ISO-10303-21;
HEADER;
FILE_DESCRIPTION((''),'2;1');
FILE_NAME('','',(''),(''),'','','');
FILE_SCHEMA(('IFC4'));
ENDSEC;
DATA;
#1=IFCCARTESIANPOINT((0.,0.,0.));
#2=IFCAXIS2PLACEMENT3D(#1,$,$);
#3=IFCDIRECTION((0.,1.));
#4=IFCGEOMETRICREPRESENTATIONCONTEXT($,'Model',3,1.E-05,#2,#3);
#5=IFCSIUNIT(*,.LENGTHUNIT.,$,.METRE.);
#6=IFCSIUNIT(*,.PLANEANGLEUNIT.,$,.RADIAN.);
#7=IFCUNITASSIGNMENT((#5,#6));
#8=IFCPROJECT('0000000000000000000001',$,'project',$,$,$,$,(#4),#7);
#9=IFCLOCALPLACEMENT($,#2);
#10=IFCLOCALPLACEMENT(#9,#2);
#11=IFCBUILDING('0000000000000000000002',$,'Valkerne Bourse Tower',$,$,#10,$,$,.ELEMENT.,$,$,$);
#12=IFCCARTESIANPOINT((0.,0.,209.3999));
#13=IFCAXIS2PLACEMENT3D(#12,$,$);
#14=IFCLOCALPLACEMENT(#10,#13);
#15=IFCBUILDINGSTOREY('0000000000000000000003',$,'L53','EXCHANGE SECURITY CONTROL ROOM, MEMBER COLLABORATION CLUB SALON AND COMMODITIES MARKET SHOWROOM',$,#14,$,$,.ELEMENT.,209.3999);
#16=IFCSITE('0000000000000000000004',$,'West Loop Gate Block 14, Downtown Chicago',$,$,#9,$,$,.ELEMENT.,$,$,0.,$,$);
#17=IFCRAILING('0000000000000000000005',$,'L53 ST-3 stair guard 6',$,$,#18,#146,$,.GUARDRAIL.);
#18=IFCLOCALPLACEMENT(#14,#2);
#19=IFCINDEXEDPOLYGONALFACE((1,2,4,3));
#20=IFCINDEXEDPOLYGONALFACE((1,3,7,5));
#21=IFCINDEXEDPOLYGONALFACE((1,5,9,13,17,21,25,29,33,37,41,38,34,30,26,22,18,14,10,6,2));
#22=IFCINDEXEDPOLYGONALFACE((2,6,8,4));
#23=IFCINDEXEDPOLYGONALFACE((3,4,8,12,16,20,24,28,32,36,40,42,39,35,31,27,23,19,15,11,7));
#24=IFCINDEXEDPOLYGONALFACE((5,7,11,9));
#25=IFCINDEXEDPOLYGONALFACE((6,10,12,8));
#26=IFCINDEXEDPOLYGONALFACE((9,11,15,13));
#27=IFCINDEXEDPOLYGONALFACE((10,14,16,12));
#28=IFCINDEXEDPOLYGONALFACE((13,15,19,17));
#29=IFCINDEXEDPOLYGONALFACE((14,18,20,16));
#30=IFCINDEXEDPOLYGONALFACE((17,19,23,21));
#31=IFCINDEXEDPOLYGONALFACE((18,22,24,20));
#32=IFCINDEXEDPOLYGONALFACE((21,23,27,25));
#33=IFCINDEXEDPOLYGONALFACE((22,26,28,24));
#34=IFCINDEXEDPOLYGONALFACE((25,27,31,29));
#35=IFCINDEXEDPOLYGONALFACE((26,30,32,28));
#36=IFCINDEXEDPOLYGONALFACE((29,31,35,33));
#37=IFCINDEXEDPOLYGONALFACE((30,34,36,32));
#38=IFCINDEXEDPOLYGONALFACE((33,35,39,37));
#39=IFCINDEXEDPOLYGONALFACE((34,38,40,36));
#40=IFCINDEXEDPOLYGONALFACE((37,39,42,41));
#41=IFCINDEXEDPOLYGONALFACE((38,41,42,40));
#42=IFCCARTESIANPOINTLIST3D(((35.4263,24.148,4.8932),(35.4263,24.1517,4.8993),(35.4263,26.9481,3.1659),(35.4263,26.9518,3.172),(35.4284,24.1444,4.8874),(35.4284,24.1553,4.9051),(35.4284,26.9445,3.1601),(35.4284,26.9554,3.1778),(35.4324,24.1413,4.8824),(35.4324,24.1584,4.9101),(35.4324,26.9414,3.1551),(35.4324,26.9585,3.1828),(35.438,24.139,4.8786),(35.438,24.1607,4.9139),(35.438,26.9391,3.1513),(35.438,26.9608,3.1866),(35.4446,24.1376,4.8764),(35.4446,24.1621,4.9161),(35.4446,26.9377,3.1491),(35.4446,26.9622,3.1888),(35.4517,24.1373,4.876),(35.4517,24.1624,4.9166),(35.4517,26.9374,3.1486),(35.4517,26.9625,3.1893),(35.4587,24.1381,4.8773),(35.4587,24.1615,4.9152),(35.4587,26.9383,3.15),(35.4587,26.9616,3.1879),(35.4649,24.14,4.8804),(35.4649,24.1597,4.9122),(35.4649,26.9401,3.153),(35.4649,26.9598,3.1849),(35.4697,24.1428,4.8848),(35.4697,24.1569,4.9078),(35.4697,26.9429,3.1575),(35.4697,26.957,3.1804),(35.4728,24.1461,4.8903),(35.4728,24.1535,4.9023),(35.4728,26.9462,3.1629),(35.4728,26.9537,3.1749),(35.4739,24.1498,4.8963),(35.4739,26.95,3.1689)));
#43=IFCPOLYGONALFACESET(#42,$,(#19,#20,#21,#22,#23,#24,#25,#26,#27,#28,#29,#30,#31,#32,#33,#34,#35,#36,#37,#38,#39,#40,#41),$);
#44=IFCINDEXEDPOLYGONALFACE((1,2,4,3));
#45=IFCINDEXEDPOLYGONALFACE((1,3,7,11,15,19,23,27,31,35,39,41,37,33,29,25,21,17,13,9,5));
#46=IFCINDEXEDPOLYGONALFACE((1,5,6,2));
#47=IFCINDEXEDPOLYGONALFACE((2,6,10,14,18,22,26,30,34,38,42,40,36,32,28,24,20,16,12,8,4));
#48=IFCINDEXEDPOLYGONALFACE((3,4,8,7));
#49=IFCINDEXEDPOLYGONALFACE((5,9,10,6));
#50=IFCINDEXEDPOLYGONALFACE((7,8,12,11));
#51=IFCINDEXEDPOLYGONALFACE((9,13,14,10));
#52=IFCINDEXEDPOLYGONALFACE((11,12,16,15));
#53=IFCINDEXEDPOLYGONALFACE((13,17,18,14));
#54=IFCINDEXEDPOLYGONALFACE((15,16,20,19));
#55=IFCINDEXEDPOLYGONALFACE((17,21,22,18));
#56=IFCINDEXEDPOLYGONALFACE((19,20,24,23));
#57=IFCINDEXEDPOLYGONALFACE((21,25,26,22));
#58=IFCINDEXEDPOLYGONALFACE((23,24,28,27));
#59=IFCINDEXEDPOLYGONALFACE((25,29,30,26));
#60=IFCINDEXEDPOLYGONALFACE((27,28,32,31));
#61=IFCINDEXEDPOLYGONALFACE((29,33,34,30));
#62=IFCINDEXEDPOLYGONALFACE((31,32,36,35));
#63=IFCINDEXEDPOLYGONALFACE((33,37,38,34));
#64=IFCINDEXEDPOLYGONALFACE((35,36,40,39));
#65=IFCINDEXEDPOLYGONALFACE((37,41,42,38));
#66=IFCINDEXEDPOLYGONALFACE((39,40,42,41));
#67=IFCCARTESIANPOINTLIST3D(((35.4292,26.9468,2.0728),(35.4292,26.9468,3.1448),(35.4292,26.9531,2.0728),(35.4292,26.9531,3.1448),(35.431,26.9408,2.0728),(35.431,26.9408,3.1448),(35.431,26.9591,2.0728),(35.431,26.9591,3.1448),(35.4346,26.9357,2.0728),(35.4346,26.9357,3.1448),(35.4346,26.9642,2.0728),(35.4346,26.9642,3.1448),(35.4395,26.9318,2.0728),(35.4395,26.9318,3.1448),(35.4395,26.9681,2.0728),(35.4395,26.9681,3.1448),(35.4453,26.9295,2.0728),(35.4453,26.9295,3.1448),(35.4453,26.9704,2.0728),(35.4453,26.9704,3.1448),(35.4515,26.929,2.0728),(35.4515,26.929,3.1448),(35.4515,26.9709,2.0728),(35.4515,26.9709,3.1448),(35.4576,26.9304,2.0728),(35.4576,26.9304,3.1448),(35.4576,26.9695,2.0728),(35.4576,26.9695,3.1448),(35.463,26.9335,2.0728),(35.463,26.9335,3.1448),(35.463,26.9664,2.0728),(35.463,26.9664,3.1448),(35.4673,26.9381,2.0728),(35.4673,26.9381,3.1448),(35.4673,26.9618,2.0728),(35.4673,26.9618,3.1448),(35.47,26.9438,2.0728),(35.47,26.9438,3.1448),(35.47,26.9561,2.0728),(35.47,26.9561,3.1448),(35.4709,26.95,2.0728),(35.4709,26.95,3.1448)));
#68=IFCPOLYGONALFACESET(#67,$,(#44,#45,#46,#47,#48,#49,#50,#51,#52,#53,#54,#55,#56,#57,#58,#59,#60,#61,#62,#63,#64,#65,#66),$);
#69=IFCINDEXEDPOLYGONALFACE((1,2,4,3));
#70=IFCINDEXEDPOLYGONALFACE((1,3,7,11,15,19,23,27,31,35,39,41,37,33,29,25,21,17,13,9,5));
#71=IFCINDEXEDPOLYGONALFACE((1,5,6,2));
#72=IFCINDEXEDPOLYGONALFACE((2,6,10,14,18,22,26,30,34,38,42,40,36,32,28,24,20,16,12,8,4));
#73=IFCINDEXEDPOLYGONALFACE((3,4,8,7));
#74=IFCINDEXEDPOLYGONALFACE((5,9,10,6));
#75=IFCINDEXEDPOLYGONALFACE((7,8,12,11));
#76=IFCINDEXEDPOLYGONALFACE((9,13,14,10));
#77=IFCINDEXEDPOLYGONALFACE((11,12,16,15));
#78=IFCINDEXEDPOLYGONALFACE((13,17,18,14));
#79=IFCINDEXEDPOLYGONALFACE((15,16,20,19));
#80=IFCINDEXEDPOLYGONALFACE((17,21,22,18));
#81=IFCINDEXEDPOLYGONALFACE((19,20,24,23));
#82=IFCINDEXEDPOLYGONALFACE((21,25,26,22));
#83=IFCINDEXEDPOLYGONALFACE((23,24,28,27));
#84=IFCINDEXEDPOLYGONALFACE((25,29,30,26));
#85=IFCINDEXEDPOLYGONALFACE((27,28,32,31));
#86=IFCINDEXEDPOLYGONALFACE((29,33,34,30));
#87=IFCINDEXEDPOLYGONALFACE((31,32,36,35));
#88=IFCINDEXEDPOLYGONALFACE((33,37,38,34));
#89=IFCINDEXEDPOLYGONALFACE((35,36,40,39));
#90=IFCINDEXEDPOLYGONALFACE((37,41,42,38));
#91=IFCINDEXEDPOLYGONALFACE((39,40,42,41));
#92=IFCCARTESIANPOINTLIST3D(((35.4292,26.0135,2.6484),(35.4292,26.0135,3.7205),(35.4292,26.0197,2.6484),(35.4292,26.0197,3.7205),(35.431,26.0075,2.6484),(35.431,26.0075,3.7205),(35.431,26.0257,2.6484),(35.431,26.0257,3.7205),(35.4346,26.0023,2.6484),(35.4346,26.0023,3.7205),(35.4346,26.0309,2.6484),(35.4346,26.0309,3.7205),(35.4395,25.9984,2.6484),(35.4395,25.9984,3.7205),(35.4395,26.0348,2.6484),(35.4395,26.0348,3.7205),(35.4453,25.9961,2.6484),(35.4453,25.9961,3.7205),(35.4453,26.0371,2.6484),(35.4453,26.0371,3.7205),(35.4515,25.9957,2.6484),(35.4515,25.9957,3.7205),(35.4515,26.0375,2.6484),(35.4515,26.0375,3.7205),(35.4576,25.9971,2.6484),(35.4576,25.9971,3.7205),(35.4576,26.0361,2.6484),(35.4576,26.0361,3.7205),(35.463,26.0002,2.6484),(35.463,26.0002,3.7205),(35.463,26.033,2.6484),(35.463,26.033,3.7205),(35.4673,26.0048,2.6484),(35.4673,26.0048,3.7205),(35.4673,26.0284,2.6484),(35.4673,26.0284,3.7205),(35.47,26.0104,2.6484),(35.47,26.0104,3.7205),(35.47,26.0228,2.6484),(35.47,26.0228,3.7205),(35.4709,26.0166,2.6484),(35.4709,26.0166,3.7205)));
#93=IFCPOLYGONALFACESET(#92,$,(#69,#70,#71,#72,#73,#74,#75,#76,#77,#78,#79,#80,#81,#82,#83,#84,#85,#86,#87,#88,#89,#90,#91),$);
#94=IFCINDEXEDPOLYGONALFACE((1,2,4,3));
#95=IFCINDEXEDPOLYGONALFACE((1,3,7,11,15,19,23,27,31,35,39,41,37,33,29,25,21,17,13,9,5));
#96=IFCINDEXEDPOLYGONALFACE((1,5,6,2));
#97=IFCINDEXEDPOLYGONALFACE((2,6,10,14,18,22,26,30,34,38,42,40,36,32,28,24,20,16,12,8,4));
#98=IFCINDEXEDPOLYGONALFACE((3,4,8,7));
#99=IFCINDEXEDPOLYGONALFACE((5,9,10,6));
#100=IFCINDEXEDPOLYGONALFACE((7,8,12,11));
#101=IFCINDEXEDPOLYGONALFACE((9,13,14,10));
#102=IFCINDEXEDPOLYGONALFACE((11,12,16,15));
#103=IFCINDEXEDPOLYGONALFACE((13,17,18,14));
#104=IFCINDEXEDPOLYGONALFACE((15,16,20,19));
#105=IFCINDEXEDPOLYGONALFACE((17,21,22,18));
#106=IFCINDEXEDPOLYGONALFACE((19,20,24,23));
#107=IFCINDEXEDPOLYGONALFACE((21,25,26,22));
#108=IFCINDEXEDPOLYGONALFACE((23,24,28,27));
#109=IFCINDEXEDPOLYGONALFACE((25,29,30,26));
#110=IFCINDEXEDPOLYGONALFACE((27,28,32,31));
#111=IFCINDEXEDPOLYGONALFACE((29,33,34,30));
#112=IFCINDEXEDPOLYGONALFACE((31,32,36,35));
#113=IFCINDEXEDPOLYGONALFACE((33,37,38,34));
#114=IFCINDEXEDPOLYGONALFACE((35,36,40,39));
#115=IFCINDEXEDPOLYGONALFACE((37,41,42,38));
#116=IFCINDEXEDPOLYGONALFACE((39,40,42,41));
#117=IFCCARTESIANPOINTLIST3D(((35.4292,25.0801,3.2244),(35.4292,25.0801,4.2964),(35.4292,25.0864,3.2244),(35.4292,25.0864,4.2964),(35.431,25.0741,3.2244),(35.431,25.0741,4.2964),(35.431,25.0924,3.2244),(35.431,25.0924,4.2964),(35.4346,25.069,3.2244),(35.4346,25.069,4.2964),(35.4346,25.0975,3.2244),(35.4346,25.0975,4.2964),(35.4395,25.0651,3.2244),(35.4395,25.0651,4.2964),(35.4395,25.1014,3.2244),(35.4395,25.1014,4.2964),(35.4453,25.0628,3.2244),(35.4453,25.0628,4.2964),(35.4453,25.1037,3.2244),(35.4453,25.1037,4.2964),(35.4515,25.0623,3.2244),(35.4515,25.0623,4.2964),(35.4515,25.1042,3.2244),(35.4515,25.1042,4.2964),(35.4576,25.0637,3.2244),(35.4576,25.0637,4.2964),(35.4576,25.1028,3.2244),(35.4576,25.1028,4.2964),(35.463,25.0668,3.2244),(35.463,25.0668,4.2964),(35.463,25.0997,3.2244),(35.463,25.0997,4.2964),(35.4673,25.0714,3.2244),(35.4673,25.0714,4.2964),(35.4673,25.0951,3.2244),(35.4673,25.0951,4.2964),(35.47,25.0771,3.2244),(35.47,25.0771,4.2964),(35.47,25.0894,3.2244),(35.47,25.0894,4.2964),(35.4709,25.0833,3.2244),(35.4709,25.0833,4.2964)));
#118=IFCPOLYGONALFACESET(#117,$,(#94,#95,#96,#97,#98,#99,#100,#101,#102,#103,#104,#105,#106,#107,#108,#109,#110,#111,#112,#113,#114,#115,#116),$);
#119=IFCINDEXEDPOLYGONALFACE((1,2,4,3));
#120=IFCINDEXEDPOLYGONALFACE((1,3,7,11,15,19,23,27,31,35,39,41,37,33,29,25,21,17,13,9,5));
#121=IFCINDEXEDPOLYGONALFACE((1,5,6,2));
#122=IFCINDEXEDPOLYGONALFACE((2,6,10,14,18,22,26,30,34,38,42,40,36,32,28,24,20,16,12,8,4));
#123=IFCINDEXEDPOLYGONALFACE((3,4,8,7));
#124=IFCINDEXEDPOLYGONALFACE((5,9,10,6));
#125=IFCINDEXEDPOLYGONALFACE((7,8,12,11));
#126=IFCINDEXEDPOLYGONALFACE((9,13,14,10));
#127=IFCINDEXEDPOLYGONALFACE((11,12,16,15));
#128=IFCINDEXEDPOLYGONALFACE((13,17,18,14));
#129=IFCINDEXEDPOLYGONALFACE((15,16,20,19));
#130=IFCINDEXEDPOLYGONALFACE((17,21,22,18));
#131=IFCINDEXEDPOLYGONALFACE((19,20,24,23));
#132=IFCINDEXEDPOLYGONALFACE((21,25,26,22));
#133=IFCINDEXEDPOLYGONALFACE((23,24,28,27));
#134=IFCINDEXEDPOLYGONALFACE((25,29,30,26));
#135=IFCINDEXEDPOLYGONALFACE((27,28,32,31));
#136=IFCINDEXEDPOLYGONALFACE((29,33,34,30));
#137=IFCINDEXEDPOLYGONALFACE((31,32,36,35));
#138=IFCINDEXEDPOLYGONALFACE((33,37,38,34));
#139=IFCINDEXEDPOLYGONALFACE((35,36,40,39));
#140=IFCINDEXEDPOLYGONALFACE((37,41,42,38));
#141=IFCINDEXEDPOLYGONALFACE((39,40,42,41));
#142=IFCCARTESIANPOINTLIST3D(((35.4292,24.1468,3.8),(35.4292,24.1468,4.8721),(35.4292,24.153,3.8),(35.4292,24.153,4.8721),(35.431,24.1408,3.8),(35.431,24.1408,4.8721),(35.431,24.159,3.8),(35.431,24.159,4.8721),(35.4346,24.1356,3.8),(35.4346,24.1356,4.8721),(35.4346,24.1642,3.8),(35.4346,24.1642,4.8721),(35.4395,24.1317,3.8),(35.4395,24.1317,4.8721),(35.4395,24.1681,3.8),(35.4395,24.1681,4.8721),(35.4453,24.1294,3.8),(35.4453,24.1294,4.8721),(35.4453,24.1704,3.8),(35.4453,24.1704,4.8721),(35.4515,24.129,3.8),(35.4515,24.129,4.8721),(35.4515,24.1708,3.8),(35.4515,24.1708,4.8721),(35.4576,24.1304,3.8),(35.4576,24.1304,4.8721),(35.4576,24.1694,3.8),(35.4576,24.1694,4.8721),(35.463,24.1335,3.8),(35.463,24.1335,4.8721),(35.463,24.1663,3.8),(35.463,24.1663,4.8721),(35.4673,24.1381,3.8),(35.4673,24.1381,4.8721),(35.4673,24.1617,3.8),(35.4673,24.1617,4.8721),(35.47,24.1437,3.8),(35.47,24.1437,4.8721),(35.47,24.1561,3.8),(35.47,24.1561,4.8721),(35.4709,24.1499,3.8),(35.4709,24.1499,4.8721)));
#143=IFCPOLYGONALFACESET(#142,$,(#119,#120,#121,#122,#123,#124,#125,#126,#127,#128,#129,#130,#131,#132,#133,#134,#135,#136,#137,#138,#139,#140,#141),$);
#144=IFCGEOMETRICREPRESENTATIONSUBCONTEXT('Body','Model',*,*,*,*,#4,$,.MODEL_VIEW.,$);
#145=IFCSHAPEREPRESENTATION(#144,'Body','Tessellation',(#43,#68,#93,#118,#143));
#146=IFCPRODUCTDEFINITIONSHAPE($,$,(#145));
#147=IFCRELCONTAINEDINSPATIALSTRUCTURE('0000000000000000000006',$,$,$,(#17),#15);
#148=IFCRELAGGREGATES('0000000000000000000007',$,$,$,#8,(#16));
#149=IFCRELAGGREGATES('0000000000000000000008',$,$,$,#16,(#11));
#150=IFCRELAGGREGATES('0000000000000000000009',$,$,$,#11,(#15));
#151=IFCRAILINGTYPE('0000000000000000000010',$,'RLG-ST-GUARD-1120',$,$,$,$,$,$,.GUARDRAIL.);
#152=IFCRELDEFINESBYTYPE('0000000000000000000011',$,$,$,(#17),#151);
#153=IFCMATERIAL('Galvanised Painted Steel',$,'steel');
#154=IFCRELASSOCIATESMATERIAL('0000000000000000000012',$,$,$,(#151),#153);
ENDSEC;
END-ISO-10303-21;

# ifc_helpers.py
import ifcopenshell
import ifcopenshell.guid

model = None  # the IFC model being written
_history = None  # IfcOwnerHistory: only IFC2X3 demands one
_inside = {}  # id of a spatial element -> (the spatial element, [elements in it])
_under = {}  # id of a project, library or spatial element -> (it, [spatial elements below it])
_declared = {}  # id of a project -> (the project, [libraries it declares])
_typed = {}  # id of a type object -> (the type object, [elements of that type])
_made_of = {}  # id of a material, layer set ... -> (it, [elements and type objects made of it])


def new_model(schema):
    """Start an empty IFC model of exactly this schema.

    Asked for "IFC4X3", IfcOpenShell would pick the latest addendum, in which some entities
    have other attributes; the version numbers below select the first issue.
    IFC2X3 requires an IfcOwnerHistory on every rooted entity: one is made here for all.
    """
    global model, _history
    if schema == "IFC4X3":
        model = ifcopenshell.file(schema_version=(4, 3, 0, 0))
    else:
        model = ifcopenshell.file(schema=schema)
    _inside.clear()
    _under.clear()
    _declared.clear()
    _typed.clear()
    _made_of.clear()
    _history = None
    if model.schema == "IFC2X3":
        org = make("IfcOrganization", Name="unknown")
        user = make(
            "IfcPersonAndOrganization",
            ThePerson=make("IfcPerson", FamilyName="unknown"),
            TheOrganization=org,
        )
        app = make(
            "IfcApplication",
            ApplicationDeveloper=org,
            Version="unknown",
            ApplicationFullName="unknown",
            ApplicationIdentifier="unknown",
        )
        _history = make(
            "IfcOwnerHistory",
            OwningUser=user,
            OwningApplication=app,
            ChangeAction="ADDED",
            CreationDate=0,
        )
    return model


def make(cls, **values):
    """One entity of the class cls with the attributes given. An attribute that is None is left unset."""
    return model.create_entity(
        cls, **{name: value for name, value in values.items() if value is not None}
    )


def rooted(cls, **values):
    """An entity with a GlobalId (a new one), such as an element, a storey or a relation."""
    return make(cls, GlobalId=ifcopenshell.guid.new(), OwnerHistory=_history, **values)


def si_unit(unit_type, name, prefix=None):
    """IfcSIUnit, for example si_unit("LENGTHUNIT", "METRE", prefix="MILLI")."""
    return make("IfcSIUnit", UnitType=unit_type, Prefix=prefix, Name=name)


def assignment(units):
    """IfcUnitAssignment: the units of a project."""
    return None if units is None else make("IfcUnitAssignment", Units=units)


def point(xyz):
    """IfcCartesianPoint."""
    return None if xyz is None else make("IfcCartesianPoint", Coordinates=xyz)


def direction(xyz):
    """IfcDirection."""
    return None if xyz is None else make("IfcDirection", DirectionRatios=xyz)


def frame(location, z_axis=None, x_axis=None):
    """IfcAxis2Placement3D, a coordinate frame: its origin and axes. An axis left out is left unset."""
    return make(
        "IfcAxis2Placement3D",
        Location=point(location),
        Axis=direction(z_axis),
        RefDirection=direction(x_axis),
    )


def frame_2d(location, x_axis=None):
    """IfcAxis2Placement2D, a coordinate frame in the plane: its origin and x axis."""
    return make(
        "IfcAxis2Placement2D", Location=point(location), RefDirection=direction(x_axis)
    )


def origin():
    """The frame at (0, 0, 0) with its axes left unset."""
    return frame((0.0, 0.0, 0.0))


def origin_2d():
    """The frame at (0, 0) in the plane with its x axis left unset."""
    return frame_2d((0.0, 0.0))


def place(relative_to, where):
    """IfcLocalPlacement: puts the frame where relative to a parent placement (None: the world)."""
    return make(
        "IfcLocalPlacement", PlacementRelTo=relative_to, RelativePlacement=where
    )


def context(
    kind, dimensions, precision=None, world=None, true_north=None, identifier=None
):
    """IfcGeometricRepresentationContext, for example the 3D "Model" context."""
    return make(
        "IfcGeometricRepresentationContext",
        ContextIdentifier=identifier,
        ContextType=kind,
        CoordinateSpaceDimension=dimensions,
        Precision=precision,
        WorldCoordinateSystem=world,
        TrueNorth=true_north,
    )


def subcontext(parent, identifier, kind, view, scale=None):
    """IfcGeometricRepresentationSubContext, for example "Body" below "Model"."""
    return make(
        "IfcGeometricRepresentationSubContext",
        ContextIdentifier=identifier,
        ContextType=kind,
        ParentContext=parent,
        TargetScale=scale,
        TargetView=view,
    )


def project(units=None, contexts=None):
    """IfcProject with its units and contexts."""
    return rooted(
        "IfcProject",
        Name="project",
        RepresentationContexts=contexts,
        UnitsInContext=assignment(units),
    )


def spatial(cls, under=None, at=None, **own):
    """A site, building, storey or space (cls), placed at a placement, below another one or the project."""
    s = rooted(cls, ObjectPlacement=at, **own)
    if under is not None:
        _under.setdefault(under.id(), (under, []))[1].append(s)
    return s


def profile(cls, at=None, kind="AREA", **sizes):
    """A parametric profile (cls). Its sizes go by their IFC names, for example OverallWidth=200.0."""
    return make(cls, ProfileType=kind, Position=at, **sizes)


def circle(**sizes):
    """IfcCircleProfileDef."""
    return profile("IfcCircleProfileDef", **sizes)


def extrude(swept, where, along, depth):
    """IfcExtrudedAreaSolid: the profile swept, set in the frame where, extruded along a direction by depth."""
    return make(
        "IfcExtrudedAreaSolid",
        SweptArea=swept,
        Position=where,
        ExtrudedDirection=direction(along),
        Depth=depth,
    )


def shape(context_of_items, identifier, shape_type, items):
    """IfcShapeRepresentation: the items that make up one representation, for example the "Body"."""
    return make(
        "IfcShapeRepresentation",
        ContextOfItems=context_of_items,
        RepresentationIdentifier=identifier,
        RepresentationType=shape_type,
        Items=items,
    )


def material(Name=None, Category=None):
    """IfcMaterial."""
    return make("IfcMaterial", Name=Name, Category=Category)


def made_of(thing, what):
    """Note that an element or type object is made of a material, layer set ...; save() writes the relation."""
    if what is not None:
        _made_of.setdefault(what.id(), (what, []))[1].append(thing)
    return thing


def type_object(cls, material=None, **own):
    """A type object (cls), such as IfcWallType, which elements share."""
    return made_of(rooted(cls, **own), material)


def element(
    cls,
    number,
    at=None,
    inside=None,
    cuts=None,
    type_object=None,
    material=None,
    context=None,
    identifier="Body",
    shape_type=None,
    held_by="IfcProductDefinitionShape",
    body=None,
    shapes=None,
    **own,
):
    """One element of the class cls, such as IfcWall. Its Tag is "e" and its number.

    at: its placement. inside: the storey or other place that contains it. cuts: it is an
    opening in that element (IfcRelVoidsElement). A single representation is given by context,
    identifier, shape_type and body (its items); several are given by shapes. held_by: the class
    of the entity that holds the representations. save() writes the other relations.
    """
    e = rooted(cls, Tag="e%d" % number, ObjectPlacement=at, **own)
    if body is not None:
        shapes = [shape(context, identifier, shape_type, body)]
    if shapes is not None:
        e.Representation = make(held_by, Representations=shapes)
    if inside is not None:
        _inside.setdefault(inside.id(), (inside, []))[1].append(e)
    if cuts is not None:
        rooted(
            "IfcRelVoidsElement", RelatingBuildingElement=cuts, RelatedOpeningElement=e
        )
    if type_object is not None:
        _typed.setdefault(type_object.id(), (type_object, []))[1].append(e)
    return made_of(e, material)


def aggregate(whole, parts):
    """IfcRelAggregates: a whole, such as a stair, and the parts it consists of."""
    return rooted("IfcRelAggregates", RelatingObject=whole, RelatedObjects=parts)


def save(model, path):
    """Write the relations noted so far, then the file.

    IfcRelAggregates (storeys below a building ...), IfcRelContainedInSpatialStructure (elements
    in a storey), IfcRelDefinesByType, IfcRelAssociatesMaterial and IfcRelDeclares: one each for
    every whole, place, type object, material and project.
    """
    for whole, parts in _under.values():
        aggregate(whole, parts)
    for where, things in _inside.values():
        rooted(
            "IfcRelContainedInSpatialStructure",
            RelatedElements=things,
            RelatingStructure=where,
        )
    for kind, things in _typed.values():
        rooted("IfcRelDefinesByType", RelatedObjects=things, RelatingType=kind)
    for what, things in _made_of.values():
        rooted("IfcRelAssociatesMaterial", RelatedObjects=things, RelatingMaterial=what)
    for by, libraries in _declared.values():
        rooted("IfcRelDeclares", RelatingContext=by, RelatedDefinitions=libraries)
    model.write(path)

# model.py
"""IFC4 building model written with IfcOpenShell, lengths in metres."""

from ifc_helpers import new_model, si_unit, direction, frame, origin, origin_2d, place, context, subcontext, project, spatial, circle, extrude, material, type_object, element, save


model = new_model("IFC4")

# Units and contexts
model_context = context("Model", 3, precision=1e-05, world=origin(), true_north=direction((0.0, 1.0)))
body_context = subcontext(model_context, "Body", "Model", "MODEL_VIEW")
ifc_project = project(units=[si_unit("LENGTHUNIT", "METRE"), si_unit("PLANEANGLEUNIT", "RADIAN")], contexts=[model_context])

# Site, building, storey
site_placement = place(None, origin())
site = spatial("IfcSite", under=ifc_project, at=site_placement, Name="West Loop Gate Block 14, Downtown Chicago", CompositionType="ELEMENT", RefElevation=0.0)
building_placement = place(site_placement, origin())
building = spatial("IfcBuilding", under=site, at=building_placement, Name="Valkerne Bourse Tower", CompositionType="ELEMENT")
storey_placement = place(building_placement, frame((0.0, 0.0, 209.3999)))
storey = spatial("IfcBuildingStorey", under=building, at=storey_placement, Name="L53", Description="EXCHANGE SECURITY CONTROL ROOM, MEMBER COLLABORATION CLUB SALON AND COMMODITIES MARKET SHOWROOM", CompositionType="ELEMENT", Elevation=209.3999)

# Railing
ifc_material_1 = material(Name="Galvanised Painted Steel", Category="steel")
railing_type_1 = type_object("IfcRailingType", Name="RLG-ST-GUARD-1120", PredefinedType="GUARDRAIL", material=ifc_material_1)
railing_1_placement = place(storey_placement, frame((35.45, 26.95, 2.0728)))
element("IfcRailing", 1, at=railing_1_placement, inside=storey, type_object=railing_type_1, Name="L53 ST-3 stair guard 6", PredefinedType="GUARDRAIL", context=body_context, shape_type="SweptSolid", body=[
    extrude(circle(Radius=0.0239, at=origin_2d()), frame((0.0, 0.0, 1.0962), z_axis=(0.0, -0.85109, 0.52502), x_axis=(1.0, 0.0, 0.0)), (0.0, 0.0, 1.0), 3.29),
    extrude(circle(Radius=0.021, at=origin_2d()), origin(), (0.0, 0.0, 1.0), 1.072),
    extrude(circle(Radius=0.021, at=origin_2d()), frame((0.0, -0.9333, 0.5757)), (0.0, 0.0, 1.0), 1.072),
    extrude(circle(Radius=0.021, at=origin_2d()), frame((0.0, -1.8667, 1.1516)), (0.0, 0.0, 1.0), 1.072),
    extrude(circle(Radius=0.021, at=origin_2d()), frame((0.0, -2.8, 1.7273)), (0.0, 0.0, 1.0), 1.072),
])

save(model, "model.ifc")
